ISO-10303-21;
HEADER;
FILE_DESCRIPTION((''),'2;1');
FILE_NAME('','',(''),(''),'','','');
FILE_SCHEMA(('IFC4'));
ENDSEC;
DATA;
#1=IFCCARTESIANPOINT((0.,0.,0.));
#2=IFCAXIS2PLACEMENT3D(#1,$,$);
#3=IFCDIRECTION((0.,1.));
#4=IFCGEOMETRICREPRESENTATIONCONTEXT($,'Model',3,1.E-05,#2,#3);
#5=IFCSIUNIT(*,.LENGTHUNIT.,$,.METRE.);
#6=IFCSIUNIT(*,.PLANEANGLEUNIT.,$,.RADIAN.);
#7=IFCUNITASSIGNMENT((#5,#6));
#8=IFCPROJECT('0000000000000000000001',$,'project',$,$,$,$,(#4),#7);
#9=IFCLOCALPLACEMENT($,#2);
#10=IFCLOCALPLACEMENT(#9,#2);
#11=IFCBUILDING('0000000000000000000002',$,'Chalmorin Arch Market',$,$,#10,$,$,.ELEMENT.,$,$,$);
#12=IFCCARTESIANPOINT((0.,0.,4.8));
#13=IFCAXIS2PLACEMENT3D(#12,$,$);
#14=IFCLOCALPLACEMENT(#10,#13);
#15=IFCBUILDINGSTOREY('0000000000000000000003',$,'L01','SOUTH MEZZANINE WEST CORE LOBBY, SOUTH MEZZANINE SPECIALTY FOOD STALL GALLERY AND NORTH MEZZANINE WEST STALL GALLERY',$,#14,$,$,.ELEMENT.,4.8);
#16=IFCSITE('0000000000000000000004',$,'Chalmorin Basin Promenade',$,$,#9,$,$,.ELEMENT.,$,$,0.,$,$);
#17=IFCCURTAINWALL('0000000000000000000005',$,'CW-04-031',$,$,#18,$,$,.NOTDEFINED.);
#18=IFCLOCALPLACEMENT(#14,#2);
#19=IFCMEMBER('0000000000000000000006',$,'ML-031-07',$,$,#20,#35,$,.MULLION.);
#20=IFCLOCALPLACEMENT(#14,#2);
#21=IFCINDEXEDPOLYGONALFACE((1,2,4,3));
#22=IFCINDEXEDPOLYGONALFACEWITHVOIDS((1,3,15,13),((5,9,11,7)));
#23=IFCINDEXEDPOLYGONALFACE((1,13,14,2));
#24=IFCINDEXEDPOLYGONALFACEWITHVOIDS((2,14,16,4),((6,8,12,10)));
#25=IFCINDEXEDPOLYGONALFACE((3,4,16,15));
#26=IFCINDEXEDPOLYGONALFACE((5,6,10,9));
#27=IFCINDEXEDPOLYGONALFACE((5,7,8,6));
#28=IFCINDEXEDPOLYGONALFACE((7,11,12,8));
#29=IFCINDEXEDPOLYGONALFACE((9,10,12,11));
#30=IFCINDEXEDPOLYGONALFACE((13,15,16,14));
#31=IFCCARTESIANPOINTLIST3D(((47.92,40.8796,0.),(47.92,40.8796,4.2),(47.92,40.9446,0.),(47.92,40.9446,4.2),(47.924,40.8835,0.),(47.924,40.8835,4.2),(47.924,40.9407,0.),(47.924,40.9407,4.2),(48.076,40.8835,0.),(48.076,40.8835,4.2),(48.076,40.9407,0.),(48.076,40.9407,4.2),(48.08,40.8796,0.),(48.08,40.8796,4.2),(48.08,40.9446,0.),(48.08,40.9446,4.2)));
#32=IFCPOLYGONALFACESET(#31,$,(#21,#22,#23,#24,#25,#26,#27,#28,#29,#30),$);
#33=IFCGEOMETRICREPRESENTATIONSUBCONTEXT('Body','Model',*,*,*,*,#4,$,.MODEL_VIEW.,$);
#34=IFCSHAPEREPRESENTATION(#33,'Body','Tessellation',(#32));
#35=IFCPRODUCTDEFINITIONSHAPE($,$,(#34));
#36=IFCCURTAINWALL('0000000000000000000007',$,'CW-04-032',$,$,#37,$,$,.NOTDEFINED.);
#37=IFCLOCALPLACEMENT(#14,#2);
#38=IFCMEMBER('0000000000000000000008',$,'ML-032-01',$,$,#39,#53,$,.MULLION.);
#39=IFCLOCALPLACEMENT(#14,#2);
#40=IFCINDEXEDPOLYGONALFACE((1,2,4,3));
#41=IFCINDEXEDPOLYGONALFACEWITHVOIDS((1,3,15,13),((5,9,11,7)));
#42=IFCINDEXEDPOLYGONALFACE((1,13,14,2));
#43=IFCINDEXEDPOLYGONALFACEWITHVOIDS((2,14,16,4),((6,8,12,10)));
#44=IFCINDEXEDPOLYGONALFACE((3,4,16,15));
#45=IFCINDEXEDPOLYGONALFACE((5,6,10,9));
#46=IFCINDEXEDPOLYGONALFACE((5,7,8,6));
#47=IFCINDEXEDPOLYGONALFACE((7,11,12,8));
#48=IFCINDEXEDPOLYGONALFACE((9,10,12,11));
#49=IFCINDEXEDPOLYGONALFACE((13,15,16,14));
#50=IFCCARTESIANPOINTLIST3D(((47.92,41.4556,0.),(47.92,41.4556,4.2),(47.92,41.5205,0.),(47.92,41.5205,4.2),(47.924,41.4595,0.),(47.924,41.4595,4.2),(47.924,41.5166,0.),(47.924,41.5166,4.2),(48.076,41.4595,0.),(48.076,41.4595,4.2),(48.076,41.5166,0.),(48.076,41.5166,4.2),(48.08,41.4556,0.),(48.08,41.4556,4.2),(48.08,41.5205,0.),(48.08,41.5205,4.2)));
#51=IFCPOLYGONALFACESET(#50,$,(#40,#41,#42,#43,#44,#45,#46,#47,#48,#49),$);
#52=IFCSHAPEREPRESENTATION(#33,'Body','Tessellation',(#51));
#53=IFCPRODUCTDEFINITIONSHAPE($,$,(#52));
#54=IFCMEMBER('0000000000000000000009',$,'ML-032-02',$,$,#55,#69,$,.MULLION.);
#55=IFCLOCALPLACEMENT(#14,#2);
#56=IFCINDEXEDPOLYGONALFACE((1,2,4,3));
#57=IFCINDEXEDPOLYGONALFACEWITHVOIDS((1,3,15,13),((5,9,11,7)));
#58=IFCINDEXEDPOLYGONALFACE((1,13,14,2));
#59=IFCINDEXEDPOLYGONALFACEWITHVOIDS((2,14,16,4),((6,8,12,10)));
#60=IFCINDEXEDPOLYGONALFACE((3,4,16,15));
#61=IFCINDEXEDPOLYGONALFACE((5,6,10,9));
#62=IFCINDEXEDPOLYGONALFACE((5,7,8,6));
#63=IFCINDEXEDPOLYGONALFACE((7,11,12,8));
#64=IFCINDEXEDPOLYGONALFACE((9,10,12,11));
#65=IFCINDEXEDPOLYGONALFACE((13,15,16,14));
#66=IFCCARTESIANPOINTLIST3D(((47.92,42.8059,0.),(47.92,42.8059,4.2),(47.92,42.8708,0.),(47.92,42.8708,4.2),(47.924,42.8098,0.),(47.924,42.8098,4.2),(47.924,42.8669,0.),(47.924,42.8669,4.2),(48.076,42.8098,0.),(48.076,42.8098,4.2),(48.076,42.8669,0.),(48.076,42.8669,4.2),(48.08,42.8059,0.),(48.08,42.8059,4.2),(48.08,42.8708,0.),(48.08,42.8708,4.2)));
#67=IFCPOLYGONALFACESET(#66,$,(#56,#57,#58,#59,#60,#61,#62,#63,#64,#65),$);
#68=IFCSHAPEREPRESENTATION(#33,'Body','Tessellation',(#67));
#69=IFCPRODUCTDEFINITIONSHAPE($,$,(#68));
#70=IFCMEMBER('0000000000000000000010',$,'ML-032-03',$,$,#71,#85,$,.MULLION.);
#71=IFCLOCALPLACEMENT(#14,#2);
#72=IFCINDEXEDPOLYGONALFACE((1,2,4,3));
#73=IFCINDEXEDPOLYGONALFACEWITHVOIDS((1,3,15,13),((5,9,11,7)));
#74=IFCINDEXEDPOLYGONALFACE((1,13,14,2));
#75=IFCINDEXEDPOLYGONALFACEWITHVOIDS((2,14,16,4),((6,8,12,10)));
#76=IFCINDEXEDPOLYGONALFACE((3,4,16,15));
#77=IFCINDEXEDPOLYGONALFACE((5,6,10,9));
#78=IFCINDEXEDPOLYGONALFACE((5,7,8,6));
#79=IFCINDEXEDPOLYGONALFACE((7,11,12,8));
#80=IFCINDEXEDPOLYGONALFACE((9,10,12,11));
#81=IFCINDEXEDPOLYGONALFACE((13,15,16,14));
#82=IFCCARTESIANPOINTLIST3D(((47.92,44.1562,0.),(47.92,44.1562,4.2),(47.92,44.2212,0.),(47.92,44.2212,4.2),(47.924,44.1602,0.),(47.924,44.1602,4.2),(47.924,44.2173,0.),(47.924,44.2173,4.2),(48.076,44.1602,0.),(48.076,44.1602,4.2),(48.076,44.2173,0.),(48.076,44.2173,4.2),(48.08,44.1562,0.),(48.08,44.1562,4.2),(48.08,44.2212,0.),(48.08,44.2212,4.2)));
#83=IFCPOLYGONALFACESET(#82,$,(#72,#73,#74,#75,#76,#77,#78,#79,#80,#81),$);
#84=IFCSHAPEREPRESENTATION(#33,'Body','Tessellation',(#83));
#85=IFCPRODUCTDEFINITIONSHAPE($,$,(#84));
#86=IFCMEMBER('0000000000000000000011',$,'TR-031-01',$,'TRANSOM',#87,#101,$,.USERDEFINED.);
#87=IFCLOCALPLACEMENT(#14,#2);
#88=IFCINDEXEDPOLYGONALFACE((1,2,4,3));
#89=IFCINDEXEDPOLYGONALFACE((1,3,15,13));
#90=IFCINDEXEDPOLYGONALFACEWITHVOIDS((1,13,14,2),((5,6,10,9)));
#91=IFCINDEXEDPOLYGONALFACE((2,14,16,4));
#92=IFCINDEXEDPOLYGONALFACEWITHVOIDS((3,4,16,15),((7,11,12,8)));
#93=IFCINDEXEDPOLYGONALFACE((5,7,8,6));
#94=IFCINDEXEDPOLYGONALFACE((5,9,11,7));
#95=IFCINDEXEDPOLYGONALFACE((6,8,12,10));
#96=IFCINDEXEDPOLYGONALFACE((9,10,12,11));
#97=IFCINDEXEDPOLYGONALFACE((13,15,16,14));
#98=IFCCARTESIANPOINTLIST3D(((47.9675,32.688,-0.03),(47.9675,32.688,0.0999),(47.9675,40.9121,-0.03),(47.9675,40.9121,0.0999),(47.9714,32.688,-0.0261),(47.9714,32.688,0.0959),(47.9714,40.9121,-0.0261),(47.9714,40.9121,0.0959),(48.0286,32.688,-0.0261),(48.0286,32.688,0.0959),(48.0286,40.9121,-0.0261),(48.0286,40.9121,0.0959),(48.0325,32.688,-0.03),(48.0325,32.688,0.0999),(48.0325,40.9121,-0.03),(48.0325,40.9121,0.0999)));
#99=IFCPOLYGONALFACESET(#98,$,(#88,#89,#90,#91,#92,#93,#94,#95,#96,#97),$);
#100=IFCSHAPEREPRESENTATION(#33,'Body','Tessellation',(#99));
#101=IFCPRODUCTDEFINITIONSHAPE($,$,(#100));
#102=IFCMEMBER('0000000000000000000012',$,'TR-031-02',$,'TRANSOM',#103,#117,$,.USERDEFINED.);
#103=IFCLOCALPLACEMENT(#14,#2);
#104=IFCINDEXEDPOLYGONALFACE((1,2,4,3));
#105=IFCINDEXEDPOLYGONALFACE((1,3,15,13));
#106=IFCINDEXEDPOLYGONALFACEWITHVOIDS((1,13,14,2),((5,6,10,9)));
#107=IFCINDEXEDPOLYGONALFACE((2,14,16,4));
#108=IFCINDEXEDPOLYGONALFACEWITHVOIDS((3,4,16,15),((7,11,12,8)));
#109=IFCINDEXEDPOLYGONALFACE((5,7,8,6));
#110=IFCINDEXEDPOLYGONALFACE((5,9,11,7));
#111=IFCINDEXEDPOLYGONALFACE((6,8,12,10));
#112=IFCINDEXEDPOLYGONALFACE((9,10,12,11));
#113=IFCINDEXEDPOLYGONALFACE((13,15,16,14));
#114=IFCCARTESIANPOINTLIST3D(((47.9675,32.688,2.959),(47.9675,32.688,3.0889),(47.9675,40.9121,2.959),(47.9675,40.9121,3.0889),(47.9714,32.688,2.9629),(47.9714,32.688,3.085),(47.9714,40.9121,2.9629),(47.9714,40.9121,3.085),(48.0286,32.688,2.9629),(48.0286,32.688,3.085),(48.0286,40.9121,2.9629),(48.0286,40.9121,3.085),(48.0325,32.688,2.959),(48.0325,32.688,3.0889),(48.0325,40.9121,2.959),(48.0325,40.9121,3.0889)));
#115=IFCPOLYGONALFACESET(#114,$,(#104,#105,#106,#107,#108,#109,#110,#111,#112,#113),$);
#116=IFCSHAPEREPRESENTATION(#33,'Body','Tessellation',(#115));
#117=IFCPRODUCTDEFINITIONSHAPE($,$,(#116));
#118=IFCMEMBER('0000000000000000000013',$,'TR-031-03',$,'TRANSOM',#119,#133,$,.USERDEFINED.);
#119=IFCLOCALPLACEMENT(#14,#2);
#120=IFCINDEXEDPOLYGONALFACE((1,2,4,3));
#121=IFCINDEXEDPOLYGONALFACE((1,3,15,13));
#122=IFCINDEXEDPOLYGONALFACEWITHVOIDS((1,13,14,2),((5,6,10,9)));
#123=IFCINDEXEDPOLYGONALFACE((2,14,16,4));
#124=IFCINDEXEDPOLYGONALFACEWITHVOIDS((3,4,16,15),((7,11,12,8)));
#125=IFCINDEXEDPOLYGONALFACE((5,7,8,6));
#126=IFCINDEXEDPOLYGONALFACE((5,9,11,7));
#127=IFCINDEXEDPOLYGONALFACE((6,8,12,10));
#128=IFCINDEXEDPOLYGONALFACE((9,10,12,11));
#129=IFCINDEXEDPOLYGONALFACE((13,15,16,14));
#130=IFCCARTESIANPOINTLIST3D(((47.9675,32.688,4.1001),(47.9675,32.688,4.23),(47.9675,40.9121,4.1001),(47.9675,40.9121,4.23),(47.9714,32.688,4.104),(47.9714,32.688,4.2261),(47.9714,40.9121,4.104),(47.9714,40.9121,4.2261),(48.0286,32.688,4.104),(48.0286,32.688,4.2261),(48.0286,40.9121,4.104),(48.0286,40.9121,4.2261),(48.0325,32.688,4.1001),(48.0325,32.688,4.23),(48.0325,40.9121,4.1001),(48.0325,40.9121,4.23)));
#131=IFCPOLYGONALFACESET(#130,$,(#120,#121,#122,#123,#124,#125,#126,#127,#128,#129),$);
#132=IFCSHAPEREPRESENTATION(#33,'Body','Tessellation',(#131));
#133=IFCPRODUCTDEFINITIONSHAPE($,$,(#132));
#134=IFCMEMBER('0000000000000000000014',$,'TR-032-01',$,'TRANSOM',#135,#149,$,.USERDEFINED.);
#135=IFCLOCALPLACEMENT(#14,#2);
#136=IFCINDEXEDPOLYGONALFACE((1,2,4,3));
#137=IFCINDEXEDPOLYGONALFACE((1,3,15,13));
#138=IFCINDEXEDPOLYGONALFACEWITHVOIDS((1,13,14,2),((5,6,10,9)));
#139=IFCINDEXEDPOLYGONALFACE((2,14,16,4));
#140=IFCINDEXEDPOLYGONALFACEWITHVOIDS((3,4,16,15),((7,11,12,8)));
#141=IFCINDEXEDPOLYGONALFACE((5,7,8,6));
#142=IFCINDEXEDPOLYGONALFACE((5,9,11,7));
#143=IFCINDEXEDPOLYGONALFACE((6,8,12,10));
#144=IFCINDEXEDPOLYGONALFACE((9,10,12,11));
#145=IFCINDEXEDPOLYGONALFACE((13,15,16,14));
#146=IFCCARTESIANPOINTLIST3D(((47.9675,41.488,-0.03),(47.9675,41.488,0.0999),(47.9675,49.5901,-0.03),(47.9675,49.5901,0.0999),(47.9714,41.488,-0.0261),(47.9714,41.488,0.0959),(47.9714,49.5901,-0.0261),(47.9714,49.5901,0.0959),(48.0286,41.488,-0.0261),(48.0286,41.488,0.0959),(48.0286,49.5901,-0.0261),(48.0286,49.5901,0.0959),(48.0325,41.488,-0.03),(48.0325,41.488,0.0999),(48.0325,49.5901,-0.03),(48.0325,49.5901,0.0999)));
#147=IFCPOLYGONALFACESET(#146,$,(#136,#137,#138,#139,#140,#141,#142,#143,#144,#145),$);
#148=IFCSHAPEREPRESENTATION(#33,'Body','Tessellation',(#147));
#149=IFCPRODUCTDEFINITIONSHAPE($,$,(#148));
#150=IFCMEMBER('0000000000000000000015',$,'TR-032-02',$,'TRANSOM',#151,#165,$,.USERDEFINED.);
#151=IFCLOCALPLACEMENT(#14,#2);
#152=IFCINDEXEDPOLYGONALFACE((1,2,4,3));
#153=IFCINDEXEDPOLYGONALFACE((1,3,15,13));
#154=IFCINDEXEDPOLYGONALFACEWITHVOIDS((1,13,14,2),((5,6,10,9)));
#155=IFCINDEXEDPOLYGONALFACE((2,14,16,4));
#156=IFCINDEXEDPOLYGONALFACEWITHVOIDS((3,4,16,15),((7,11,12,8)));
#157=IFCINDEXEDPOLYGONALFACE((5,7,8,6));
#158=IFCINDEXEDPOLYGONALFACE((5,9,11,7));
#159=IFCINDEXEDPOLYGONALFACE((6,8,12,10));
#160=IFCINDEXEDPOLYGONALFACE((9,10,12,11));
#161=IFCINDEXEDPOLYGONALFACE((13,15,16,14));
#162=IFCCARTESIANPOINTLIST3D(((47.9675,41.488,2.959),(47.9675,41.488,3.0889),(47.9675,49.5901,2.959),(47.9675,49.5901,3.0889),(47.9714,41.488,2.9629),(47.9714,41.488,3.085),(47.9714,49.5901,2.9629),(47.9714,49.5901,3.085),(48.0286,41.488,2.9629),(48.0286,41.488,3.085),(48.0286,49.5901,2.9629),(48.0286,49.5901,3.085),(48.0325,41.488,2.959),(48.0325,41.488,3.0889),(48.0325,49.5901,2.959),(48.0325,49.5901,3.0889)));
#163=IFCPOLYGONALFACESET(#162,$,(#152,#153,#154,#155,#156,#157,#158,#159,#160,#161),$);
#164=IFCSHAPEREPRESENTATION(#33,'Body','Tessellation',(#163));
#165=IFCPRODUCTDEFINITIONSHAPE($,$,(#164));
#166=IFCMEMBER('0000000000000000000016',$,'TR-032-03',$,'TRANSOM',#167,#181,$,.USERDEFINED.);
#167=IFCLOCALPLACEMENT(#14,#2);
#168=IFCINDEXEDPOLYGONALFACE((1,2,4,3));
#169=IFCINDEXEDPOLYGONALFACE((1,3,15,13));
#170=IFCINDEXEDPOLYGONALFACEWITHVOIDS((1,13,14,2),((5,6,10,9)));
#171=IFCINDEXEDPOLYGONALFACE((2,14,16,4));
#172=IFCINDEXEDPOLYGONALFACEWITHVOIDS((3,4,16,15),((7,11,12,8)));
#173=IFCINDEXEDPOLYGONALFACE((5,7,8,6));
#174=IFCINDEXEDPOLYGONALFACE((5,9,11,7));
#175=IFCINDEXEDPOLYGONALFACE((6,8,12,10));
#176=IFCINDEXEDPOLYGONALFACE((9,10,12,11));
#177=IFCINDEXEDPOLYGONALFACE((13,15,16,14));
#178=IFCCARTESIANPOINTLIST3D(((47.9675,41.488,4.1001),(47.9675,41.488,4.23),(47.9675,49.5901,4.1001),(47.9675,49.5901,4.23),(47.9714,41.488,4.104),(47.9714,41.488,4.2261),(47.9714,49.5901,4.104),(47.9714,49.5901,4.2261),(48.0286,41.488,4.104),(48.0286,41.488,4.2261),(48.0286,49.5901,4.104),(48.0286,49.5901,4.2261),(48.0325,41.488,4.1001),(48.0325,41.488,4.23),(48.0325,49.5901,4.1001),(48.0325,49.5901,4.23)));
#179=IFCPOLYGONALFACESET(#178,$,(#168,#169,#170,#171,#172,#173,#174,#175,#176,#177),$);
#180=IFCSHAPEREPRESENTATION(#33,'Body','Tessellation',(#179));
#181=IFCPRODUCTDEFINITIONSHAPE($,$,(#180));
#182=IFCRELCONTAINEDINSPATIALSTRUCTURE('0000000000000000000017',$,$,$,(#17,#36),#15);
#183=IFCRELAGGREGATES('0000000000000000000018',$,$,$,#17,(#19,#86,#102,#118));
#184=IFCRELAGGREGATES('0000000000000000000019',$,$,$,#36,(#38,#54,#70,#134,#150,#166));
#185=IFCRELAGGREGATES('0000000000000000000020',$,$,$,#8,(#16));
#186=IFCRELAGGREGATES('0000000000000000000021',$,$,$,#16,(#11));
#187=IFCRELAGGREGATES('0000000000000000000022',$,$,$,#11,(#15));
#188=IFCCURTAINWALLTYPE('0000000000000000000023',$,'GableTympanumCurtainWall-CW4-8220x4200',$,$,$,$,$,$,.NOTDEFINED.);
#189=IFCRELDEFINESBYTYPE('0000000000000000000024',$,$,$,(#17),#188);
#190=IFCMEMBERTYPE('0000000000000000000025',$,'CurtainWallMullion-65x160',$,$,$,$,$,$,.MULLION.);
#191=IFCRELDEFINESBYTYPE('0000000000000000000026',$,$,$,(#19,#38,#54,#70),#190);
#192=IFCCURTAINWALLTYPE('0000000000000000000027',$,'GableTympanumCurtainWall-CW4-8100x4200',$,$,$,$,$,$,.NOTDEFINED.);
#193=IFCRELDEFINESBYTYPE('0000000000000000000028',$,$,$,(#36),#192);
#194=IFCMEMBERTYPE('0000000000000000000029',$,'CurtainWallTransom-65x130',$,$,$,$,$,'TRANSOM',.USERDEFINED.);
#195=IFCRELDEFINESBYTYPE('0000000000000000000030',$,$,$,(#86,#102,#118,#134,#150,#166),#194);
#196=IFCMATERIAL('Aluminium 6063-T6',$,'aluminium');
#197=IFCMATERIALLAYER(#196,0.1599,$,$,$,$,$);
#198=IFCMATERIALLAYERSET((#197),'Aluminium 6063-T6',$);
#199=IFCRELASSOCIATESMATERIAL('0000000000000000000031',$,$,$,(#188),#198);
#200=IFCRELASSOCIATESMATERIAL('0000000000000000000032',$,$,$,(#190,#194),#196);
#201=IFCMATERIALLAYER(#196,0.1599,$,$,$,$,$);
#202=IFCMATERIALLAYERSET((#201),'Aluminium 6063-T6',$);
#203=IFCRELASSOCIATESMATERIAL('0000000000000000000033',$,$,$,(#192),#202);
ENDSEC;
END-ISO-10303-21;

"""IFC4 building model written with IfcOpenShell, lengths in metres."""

from ifc_helpers import new_model, si_unit, direction, frame, origin, origin_2d, place, context, subcontext, project, spatial, hollow_rectangle, extrude, material, layer, layer_set, material_profile, profile_set, type_object, element, aggregate, save


model = new_model("IFC4")

# Units and contexts
model_context = context("Model", 3, precision=1e-05, world=origin(), true_north=direction((0.0, 1.0)))
body_context = subcontext(model_context, "Body", "Model", "MODEL_VIEW")
ifc_project = project(units=[si_unit("LENGTHUNIT", "METRE"), si_unit("PLANEANGLEUNIT", "RADIAN")], contexts=[model_context])

# Site, building, storey
site_placement = place(None, origin())
site = spatial("IfcSite", under=ifc_project, at=site_placement, Name="Chalmorin Basin Promenade", CompositionType="ELEMENT", RefElevation=0.0)
building_placement = place(site_placement, origin())
building = spatial("IfcBuilding", under=site, at=building_placement, Name="Chalmorin Arch Market", CompositionType="ELEMENT")
storey_placement = place(building_placement, frame((0.0, 0.0, 4.8)))
storey = spatial("IfcBuildingStorey", under=building, at=storey_placement, Name="L01", Description="SOUTH MEZZANINE WEST CORE LOBBY, SOUTH MEZZANINE SPECIALTY FOOD STALL GALLERY AND NORTH MEZZANINE WEST STALL GALLERY", CompositionType="ELEMENT", Elevation=4.8)

# Curtain walls, members
ifc_material_1 = material(Name="Aluminium 6063-T6", Category="aluminium")
ifc_layer_1 = layer(ifc_material_1, 0.1599)
ifc_layer_set_1 = layer_set([ifc_layer_1], Name="Aluminium 6063-T6")
curtain_wall_type_1 = type_object("IfcCurtainWallType", Name="GableTympanumCurtainWall-CW4-8220x4200", PredefinedType="NOTDEFINED", material=ifc_layer_set_1)
curtain_wall_1_placement = place(storey_placement, origin())
curtain_wall_1 = element("IfcCurtainWall", 1, at=curtain_wall_1_placement, inside=storey, type_object=curtain_wall_type_1, Name="CW-04-031", PredefinedType="NOTDEFINED")
ifc_material_profile_1 = material_profile(ifc_material_1, hollow_rectangle(XDim=0.0649, YDim=0.1599, WallThickness=0.0039, at=origin_2d()), Name="ALU65X160X4")
ifc_profile_set_1 = profile_set([ifc_material_profile_1], Name="Aluminium 6063-T6")
member_type_1 = type_object("IfcMemberType", Name="CurtainWallMullion-65x160", PredefinedType="MULLION", material=ifc_profile_set_1)
member_1_placement = place(storey_placement, frame((48.0, 40.9121, 0.0), z_axis=(0.0, 0.0, 1.0), x_axis=(0.0, 1.0, 0.0)))
member_1 = element("IfcMember", 2, at=member_1_placement, type_object=member_type_1, Name="ML-031-07", PredefinedType="MULLION", context=body_context, shape_type="SweptSolid", body=[
    extrude(hollow_rectangle(XDim=0.0649, YDim=0.1599, WallThickness=0.0039, at=origin_2d()), origin(), (0.0, 0.0, 1.0), 4.2),
])
ifc_layer_2 = layer(ifc_material_1, 0.1599)
ifc_layer_set_2 = layer_set([ifc_layer_2], Name="Aluminium 6063-T6")
curtain_wall_type_2 = type_object("IfcCurtainWallType", Name="GableTympanumCurtainWall-CW4-8100x4200", PredefinedType="NOTDEFINED", material=ifc_layer_set_2)
curtain_wall_2_placement = place(storey_placement, origin())
curtain_wall_2 = element("IfcCurtainWall", 3, at=curtain_wall_2_placement, inside=storey, type_object=curtain_wall_type_2, Name="CW-04-032", PredefinedType="NOTDEFINED")
member_2_placement = place(storey_placement, frame((48.0, 41.488, 0.0), z_axis=(0.0, 0.0, 1.0), x_axis=(0.0, 1.0, 0.0)))
member_2 = element("IfcMember", 4, at=member_2_placement, type_object=member_type_1, Name="ML-032-01", PredefinedType="MULLION", context=body_context, shape_type="SweptSolid", body=[
    extrude(hollow_rectangle(XDim=0.0649, YDim=0.1599, WallThickness=0.0039, at=origin_2d()), origin(), (0.0, 0.0, 1.0), 4.2),
])
member_3_placement = place(storey_placement, frame((48.0, 42.8384, 0.0), z_axis=(0.0, 0.0, 1.0), x_axis=(0.0, 1.0, 0.0)))
member_3 = element("IfcMember", 5, at=member_3_placement, type_object=member_type_1, Name="ML-032-02", PredefinedType="MULLION", context=body_context, shape_type="SweptSolid", body=[
    extrude(hollow_rectangle(XDim=0.0649, YDim=0.1599, WallThickness=0.0039, at=origin_2d()), origin(), (0.0, 0.0, 1.0), 4.2),
])
member_4_placement = place(storey_placement, frame((48.0, 44.1887, 0.0), z_axis=(0.0, 0.0, 1.0), x_axis=(0.0, 1.0, 0.0)))
member_4 = element("IfcMember", 6, at=member_4_placement, type_object=member_type_1, Name="ML-032-03", PredefinedType="MULLION", context=body_context, shape_type="SweptSolid", body=[
    extrude(hollow_rectangle(XDim=0.0649, YDim=0.1599, WallThickness=0.0039, at=origin_2d()), origin(), (0.0, 0.0, 1.0), 4.2),
])

# Members
ifc_material_profile_2 = material_profile(ifc_material_1, hollow_rectangle(XDim=0.0649, YDim=0.1299, WallThickness=0.0039, at=origin_2d()), Name="ALU65X130X4")
ifc_profile_set_2 = profile_set([ifc_material_profile_2], Name="Aluminium 6063-T6")
member_type_2 = type_object("IfcMemberType", Name="CurtainWallTransom-65x130", ElementType="TRANSOM", PredefinedType="USERDEFINED", material=ifc_profile_set_2)
member_5_placement = place(storey_placement, frame((48.0, 32.688, 0.0349), z_axis=(0.0, 1.0, 0.0), x_axis=(-1.0, 0.0, 0.0)))
member_5 = element("IfcMember", 7, at=member_5_placement, type_object=member_type_2, Name="TR-031-01", ObjectType="TRANSOM", PredefinedType="USERDEFINED", context=body_context, shape_type="SweptSolid", body=[
    extrude(hollow_rectangle(XDim=0.0649, YDim=0.1299, WallThickness=0.0039, at=origin_2d()), origin(), (0.0, 0.0, 1.0), 8.2241),
])
member_6_placement = place(storey_placement, frame((48.0, 32.688, 3.0239), z_axis=(0.0, 1.0, 0.0), x_axis=(-1.0, 0.0, 0.0)))
member_6 = element("IfcMember", 8, at=member_6_placement, type_object=member_type_2, Name="TR-031-02", ObjectType="TRANSOM", PredefinedType="USERDEFINED", context=body_context, shape_type="SweptSolid", body=[
    extrude(hollow_rectangle(XDim=0.0649, YDim=0.1299, WallThickness=0.0039, at=origin_2d()), origin(), (0.0, 0.0, 1.0), 8.2241),
])
member_7_placement = place(storey_placement, frame((48.0, 32.688, 4.165), z_axis=(0.0, 1.0, 0.0), x_axis=(-1.0, 0.0, 0.0)))
member_7 = element("IfcMember", 9, at=member_7_placement, type_object=member_type_2, Name="TR-031-03", ObjectType="TRANSOM", PredefinedType="USERDEFINED", context=body_context, shape_type="SweptSolid", body=[
    extrude(hollow_rectangle(XDim=0.0649, YDim=0.1299, WallThickness=0.0039, at=origin_2d()), origin(), (0.0, 0.0, 1.0), 8.2241),
])
member_8_placement = place(storey_placement, frame((48.0, 41.488, 0.0349), z_axis=(0.0, 1.0, 0.0), x_axis=(-1.0, 0.0, 0.0)))
member_8 = element("IfcMember", 10, at=member_8_placement, type_object=member_type_2, Name="TR-032-01", ObjectType="TRANSOM", PredefinedType="USERDEFINED", context=body_context, shape_type="SweptSolid", body=[
    extrude(hollow_rectangle(XDim=0.0649, YDim=0.1299, WallThickness=0.0039, at=origin_2d()), origin(), (0.0, 0.0, 1.0), 8.1021),
])
member_9_placement = place(storey_placement, frame((48.0, 41.488, 3.0239), z_axis=(0.0, 1.0, 0.0), x_axis=(-1.0, 0.0, 0.0)))
member_9 = element("IfcMember", 11, at=member_9_placement, type_object=member_type_2, Name="TR-032-02", ObjectType="TRANSOM", PredefinedType="USERDEFINED", context=body_context, shape_type="SweptSolid", body=[
    extrude(hollow_rectangle(XDim=0.0649, YDim=0.1299, WallThickness=0.0039, at=origin_2d()), origin(), (0.0, 0.0, 1.0), 8.1021),
])
member_10_placement = place(storey_placement, frame((48.0, 41.488, 4.165), z_axis=(0.0, 1.0, 0.0), x_axis=(-1.0, 0.0, 0.0)))
member_10 = element("IfcMember", 12, at=member_10_placement, type_object=member_type_2, Name="TR-032-03", ObjectType="TRANSOM", PredefinedType="USERDEFINED", context=body_context, shape_type="SweptSolid", body=[
    extrude(hollow_rectangle(XDim=0.0649, YDim=0.1299, WallThickness=0.0039, at=origin_2d()), origin(), (0.0, 0.0, 1.0), 8.1021),
])

aggregate(curtain_wall_1, [member_1, member_5, member_6, member_7])
aggregate(curtain_wall_2, [member_2, member_3, member_4, member_8, member_9, member_10])

save(model, "model.ifc")
